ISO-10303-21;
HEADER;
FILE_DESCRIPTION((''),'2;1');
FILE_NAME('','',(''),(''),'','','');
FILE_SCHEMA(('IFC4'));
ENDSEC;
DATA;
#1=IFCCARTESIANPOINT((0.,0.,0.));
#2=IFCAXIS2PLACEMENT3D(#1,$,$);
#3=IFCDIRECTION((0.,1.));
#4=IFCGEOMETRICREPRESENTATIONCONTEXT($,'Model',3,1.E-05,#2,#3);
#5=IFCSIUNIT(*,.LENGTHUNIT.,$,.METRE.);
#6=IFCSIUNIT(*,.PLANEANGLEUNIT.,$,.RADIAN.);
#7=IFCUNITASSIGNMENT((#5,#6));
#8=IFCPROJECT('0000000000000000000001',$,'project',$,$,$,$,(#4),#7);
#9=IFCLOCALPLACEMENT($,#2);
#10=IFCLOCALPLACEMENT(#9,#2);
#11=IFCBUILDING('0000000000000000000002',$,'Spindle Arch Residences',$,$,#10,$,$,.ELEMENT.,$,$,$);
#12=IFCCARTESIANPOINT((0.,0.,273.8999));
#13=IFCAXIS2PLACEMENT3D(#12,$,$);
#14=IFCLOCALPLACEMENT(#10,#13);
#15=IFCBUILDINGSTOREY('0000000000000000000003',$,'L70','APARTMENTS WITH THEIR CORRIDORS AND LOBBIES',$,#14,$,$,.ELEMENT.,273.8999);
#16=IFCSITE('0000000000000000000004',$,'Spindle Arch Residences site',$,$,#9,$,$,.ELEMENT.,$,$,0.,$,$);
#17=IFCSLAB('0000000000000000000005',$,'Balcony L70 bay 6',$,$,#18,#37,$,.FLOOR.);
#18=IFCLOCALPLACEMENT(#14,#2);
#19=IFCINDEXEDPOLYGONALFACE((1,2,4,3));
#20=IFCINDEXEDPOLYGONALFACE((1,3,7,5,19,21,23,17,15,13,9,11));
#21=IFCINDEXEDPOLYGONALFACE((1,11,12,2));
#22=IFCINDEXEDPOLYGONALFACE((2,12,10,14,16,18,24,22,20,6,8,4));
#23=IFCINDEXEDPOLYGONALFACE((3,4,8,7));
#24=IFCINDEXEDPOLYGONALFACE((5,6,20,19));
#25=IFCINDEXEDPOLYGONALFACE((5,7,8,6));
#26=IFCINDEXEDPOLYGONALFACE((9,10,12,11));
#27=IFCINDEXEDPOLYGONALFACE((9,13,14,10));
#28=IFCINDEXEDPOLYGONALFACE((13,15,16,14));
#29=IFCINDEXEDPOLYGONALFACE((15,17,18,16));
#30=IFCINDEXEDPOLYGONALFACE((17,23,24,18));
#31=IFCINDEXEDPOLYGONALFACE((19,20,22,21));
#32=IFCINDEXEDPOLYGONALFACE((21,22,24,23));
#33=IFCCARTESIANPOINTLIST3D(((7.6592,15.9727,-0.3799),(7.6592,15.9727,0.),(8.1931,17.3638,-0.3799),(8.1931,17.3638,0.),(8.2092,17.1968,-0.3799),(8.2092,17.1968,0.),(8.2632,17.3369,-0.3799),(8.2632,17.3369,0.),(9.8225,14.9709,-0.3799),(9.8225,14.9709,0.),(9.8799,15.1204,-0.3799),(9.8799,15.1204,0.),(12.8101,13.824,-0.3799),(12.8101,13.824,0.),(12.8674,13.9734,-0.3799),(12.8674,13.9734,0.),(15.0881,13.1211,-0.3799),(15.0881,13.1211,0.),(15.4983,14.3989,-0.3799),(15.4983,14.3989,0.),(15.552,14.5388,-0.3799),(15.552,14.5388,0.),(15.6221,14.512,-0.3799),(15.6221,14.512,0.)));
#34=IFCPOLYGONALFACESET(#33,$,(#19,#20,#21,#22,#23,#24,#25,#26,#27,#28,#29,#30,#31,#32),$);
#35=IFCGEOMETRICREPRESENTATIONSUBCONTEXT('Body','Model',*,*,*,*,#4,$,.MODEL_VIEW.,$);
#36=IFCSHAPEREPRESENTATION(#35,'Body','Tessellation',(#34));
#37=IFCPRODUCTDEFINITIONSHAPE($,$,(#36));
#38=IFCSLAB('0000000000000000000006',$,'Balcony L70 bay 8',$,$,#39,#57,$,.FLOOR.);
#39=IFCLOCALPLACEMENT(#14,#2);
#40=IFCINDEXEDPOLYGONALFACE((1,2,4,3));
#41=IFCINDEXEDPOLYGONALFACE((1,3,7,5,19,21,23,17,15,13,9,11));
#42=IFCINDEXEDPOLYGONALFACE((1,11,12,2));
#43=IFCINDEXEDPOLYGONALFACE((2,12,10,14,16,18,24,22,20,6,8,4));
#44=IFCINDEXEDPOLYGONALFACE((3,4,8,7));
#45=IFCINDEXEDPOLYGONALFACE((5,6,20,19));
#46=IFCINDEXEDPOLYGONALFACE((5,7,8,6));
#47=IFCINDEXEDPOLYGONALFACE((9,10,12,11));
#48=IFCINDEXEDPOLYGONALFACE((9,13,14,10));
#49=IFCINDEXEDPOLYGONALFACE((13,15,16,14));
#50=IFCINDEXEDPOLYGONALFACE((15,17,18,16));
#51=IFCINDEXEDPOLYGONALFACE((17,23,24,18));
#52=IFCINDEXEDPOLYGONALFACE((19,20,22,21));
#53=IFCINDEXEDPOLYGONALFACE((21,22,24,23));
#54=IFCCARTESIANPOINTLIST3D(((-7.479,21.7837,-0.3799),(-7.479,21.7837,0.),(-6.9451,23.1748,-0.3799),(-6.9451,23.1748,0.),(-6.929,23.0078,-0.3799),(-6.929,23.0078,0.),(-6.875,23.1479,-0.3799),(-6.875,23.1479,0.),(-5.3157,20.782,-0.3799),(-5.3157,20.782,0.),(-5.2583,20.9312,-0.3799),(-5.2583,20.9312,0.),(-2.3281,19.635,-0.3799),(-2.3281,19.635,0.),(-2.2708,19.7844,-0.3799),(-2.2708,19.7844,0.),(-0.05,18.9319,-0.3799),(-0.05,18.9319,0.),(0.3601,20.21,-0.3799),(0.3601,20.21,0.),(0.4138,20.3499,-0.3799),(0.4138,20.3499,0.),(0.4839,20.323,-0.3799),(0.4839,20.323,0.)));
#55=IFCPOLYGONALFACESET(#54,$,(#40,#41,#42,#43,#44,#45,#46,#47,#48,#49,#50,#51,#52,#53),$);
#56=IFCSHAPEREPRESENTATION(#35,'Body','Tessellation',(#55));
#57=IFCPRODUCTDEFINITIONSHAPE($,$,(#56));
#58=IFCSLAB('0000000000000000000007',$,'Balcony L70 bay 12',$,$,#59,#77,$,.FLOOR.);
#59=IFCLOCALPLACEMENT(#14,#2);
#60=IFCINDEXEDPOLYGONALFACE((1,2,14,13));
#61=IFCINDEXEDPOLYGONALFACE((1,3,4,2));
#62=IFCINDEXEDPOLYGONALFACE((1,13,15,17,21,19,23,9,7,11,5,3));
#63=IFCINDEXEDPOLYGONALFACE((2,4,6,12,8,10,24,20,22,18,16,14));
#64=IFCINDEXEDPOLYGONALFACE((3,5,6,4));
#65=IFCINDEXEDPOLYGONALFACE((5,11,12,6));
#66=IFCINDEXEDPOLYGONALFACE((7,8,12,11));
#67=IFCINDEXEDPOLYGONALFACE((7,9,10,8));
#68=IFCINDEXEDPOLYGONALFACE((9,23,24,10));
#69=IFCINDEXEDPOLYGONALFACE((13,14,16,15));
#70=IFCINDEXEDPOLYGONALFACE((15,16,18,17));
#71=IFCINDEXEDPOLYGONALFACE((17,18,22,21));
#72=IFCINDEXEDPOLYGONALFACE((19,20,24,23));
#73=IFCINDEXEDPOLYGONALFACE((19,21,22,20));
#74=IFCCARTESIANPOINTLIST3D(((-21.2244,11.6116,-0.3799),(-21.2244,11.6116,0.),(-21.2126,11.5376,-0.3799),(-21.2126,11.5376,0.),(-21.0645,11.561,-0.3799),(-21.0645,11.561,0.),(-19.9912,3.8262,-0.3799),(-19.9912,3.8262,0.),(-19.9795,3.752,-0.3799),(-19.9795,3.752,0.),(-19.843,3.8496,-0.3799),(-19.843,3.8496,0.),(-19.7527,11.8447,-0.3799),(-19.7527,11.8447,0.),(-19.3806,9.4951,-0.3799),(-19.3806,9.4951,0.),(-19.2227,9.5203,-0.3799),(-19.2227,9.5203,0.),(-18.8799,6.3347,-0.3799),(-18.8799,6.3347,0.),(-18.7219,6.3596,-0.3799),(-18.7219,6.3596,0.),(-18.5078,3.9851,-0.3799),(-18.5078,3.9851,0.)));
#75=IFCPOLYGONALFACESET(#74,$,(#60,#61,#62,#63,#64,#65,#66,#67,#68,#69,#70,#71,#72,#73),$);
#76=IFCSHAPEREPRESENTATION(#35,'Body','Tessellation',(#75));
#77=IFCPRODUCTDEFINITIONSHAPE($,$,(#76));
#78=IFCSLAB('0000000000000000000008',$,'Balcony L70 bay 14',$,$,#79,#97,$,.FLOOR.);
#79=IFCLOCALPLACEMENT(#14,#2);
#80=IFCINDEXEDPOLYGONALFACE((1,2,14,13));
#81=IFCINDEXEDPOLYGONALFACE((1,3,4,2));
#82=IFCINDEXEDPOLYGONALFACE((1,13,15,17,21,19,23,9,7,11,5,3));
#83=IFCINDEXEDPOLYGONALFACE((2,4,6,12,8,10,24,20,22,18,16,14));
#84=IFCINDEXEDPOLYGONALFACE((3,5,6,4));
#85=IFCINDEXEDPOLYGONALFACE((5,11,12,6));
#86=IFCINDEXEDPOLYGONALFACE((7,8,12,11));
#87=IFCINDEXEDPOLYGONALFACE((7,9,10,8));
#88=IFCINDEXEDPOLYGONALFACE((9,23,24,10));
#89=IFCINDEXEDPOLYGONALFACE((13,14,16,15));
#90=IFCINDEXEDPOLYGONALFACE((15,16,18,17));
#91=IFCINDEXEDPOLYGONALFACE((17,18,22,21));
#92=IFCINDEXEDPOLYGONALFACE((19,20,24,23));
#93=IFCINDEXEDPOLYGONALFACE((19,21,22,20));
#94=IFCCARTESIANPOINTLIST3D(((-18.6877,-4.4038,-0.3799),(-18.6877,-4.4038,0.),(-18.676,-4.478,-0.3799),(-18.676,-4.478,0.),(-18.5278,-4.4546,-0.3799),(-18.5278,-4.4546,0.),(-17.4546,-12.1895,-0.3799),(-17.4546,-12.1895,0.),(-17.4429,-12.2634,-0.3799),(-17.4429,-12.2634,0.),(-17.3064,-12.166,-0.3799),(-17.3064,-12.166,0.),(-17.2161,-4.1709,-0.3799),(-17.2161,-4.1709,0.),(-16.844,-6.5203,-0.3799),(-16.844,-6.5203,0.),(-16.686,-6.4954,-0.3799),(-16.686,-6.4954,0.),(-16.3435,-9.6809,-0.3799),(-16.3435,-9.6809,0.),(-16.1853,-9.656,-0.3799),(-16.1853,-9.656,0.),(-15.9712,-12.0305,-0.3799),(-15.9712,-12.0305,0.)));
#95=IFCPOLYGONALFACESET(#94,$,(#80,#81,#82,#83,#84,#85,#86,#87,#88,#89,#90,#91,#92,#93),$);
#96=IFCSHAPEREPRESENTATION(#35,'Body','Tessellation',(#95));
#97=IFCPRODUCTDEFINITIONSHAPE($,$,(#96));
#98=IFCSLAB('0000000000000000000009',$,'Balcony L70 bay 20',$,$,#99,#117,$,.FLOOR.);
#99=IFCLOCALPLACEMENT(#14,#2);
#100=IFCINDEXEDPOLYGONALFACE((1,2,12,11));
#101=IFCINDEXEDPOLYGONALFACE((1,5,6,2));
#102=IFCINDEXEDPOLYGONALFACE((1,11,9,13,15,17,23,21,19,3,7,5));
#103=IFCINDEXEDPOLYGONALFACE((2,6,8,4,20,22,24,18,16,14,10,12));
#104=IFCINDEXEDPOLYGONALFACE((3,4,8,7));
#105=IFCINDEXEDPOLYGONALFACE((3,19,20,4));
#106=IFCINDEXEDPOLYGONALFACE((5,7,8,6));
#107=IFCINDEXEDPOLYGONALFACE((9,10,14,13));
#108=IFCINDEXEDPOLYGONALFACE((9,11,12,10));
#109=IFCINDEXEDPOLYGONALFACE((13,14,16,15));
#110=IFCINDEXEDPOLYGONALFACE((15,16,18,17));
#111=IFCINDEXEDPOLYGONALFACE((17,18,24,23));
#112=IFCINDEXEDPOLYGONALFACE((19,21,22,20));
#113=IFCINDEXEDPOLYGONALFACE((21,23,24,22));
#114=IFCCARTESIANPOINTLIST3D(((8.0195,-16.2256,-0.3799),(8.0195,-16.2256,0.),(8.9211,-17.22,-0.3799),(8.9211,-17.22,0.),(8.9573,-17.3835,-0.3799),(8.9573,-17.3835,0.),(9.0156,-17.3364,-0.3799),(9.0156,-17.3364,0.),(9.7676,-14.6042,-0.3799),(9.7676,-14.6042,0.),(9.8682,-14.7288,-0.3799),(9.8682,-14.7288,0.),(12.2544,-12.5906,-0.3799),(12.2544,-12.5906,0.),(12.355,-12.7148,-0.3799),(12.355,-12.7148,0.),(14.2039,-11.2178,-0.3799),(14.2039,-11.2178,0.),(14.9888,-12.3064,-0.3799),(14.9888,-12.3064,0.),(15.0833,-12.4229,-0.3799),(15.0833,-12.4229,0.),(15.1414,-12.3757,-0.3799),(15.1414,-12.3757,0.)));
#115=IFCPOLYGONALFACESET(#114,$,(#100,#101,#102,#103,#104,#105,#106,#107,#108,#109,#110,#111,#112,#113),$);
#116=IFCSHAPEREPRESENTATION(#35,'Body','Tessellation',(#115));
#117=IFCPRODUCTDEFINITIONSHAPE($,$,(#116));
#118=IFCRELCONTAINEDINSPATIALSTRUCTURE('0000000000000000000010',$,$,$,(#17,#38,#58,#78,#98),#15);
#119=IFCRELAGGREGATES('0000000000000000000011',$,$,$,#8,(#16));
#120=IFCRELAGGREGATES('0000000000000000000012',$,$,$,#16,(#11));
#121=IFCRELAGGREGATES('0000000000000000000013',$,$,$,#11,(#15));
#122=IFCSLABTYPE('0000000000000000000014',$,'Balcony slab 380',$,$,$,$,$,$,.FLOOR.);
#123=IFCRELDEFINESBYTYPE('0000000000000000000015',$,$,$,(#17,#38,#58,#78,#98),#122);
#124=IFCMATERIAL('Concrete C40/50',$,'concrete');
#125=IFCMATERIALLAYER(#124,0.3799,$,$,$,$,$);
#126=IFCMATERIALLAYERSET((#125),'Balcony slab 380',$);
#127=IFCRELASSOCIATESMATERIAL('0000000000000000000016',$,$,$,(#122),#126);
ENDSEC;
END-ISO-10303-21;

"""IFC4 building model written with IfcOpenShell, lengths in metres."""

from ifc_helpers import new_model, si_unit, direction, frame, origin, place, context, subcontext, project, spatial, polyline, outline, extrude, material, layer, layer_set, type_object, element, save


model = new_model("IFC4")

# Units and contexts
model_context = context("Model", 3, precision=1e-05, world=origin(), true_north=direction((0.0, 1.0)))
body_context = subcontext(model_context, "Body", "Model", "MODEL_VIEW")
ifc_project = project(units=[si_unit("LENGTHUNIT", "METRE"), si_unit("PLANEANGLEUNIT", "RADIAN")], contexts=[model_context])

# Site, building, storey
site_placement = place(None, origin())
site = spatial("IfcSite", under=ifc_project, at=site_placement, Name="Spindle Arch Residences site", CompositionType="ELEMENT", RefElevation=0.0)
building_placement = place(site_placement, origin())
building = spatial("IfcBuilding", under=site, at=building_placement, Name="Spindle Arch Residences", CompositionType="ELEMENT")
storey_placement = place(building_placement, frame((0.0, 0.0, 273.8999)))
storey = spatial("IfcBuildingStorey", under=building, at=storey_placement, Name="L70", Description="APARTMENTS WITH THEIR CORRIDORS AND LOBBIES", CompositionType="ELEMENT", Elevation=273.8999)

# Slabs
ifc_material_1 = material(Name="Concrete C40/50", Category="concrete")
ifc_layer_1 = layer(ifc_material_1, 0.3799)
ifc_layer_set_1 = layer_set([ifc_layer_1], Name="Balcony slab 380")
slab_type_1 = type_object("IfcSlabType", Name="Balcony slab 380", PredefinedType="FLOOR", material=ifc_layer_set_1)
slab_1_placement = place(storey_placement, frame((0.0, 0.0, -0.3799)))
element("IfcSlab", 1, at=slab_1_placement, inside=storey, type_object=slab_type_1, Name="Balcony L70 bay 6", PredefinedType="FLOOR", context=body_context, shape_type="SweptSolid", body=[
    extrude(outline(polyline([(15.6221, 14.512), (15.552, 14.5388), (15.4983, 14.3989), (8.2092, 17.1968), (8.2632, 17.3369), (8.1931, 17.3638), (7.6592, 15.9727), (9.8799, 15.1204), (9.8225, 14.9709), (12.8101, 13.824), (12.8674, 13.9734), (15.0881, 13.1211), (15.6221, 14.512)])), origin(), (0.0, 0.0, 1.0), 0.3799),
])
slab_2_placement = place(storey_placement, frame((0.0, 0.0, -0.3799)))
element("IfcSlab", 2, at=slab_2_placement, inside=storey, type_object=slab_type_1, Name="Balcony L70 bay 8", PredefinedType="FLOOR", context=body_context, shape_type="SweptSolid", body=[
    extrude(outline(polyline([(0.4839, 20.323), (0.4138, 20.3499), (0.3601, 20.21), (-6.929, 23.0078), (-6.875, 23.1479), (-6.9451, 23.1748), (-7.479, 21.7837), (-5.2583, 20.9312), (-5.3157, 20.782), (-2.3281, 19.635), (-2.2708, 19.7844), (-0.05, 18.9319), (0.4839, 20.323)])), origin(), (0.0, 0.0, 1.0), 0.3799),
])
slab_3_placement = place(storey_placement, frame((0.0, 0.0, -0.3799)))
element("IfcSlab", 3, at=slab_3_placement, inside=storey, type_object=slab_type_1, Name="Balcony L70 bay 12", PredefinedType="FLOOR", context=body_context, shape_type="SweptSolid", body=[
    extrude(outline(polyline([(-21.2244, 11.6116), (-21.2126, 11.5376), (-21.0645, 11.561), (-19.843, 3.8496), (-19.9912, 3.8262), (-19.9795, 3.752), (-18.5078, 3.9851), (-18.8799, 6.3347), (-18.7219, 6.3596), (-19.2227, 9.5203), (-19.3806, 9.4951), (-19.7527, 11.8447), (-21.2244, 11.6116)])), origin(), (0.0, 0.0, 1.0), 0.3799),
])
slab_4_placement = place(storey_placement, frame((0.0, 0.0, -0.3799)))
element("IfcSlab", 4, at=slab_4_placement, inside=storey, type_object=slab_type_1, Name="Balcony L70 bay 14", PredefinedType="FLOOR", context=body_context, shape_type="SweptSolid", body=[
    extrude(outline(polyline([(-18.6877, -4.4038), (-18.676, -4.478), (-18.5278, -4.4546), (-17.3064, -12.166), (-17.4546, -12.1895), (-17.4429, -12.2634), (-15.9712, -12.0305), (-16.3435, -9.6809), (-16.1853, -9.656), (-16.686, -6.4954), (-16.844, -6.5203), (-17.2161, -4.1709), (-18.6877, -4.4038)])), origin(), (0.0, 0.0, 1.0), 0.3799),
])
slab_5_placement = place(storey_placement, frame((0.0, 0.0, -0.3799)))
element("IfcSlab", 5, at=slab_5_placement, inside=storey, type_object=slab_type_1, Name="Balcony L70 bay 20", PredefinedType="FLOOR", context=body_context, shape_type="SweptSolid", body=[
    extrude(outline(polyline([(8.9573, -17.3835), (9.0156, -17.3364), (8.9211, -17.22), (14.9888, -12.3064), (15.0833, -12.4229), (15.1414, -12.3757), (14.2039, -11.2178), (12.355, -12.7148), (12.2544, -12.5906), (9.7676, -14.6042), (9.8682, -14.7288), (8.0195, -16.2256), (8.9573, -17.3835)])), origin(), (0.0, 0.0, 1.0), 0.3799),
])

save(model, "model.ifc")
